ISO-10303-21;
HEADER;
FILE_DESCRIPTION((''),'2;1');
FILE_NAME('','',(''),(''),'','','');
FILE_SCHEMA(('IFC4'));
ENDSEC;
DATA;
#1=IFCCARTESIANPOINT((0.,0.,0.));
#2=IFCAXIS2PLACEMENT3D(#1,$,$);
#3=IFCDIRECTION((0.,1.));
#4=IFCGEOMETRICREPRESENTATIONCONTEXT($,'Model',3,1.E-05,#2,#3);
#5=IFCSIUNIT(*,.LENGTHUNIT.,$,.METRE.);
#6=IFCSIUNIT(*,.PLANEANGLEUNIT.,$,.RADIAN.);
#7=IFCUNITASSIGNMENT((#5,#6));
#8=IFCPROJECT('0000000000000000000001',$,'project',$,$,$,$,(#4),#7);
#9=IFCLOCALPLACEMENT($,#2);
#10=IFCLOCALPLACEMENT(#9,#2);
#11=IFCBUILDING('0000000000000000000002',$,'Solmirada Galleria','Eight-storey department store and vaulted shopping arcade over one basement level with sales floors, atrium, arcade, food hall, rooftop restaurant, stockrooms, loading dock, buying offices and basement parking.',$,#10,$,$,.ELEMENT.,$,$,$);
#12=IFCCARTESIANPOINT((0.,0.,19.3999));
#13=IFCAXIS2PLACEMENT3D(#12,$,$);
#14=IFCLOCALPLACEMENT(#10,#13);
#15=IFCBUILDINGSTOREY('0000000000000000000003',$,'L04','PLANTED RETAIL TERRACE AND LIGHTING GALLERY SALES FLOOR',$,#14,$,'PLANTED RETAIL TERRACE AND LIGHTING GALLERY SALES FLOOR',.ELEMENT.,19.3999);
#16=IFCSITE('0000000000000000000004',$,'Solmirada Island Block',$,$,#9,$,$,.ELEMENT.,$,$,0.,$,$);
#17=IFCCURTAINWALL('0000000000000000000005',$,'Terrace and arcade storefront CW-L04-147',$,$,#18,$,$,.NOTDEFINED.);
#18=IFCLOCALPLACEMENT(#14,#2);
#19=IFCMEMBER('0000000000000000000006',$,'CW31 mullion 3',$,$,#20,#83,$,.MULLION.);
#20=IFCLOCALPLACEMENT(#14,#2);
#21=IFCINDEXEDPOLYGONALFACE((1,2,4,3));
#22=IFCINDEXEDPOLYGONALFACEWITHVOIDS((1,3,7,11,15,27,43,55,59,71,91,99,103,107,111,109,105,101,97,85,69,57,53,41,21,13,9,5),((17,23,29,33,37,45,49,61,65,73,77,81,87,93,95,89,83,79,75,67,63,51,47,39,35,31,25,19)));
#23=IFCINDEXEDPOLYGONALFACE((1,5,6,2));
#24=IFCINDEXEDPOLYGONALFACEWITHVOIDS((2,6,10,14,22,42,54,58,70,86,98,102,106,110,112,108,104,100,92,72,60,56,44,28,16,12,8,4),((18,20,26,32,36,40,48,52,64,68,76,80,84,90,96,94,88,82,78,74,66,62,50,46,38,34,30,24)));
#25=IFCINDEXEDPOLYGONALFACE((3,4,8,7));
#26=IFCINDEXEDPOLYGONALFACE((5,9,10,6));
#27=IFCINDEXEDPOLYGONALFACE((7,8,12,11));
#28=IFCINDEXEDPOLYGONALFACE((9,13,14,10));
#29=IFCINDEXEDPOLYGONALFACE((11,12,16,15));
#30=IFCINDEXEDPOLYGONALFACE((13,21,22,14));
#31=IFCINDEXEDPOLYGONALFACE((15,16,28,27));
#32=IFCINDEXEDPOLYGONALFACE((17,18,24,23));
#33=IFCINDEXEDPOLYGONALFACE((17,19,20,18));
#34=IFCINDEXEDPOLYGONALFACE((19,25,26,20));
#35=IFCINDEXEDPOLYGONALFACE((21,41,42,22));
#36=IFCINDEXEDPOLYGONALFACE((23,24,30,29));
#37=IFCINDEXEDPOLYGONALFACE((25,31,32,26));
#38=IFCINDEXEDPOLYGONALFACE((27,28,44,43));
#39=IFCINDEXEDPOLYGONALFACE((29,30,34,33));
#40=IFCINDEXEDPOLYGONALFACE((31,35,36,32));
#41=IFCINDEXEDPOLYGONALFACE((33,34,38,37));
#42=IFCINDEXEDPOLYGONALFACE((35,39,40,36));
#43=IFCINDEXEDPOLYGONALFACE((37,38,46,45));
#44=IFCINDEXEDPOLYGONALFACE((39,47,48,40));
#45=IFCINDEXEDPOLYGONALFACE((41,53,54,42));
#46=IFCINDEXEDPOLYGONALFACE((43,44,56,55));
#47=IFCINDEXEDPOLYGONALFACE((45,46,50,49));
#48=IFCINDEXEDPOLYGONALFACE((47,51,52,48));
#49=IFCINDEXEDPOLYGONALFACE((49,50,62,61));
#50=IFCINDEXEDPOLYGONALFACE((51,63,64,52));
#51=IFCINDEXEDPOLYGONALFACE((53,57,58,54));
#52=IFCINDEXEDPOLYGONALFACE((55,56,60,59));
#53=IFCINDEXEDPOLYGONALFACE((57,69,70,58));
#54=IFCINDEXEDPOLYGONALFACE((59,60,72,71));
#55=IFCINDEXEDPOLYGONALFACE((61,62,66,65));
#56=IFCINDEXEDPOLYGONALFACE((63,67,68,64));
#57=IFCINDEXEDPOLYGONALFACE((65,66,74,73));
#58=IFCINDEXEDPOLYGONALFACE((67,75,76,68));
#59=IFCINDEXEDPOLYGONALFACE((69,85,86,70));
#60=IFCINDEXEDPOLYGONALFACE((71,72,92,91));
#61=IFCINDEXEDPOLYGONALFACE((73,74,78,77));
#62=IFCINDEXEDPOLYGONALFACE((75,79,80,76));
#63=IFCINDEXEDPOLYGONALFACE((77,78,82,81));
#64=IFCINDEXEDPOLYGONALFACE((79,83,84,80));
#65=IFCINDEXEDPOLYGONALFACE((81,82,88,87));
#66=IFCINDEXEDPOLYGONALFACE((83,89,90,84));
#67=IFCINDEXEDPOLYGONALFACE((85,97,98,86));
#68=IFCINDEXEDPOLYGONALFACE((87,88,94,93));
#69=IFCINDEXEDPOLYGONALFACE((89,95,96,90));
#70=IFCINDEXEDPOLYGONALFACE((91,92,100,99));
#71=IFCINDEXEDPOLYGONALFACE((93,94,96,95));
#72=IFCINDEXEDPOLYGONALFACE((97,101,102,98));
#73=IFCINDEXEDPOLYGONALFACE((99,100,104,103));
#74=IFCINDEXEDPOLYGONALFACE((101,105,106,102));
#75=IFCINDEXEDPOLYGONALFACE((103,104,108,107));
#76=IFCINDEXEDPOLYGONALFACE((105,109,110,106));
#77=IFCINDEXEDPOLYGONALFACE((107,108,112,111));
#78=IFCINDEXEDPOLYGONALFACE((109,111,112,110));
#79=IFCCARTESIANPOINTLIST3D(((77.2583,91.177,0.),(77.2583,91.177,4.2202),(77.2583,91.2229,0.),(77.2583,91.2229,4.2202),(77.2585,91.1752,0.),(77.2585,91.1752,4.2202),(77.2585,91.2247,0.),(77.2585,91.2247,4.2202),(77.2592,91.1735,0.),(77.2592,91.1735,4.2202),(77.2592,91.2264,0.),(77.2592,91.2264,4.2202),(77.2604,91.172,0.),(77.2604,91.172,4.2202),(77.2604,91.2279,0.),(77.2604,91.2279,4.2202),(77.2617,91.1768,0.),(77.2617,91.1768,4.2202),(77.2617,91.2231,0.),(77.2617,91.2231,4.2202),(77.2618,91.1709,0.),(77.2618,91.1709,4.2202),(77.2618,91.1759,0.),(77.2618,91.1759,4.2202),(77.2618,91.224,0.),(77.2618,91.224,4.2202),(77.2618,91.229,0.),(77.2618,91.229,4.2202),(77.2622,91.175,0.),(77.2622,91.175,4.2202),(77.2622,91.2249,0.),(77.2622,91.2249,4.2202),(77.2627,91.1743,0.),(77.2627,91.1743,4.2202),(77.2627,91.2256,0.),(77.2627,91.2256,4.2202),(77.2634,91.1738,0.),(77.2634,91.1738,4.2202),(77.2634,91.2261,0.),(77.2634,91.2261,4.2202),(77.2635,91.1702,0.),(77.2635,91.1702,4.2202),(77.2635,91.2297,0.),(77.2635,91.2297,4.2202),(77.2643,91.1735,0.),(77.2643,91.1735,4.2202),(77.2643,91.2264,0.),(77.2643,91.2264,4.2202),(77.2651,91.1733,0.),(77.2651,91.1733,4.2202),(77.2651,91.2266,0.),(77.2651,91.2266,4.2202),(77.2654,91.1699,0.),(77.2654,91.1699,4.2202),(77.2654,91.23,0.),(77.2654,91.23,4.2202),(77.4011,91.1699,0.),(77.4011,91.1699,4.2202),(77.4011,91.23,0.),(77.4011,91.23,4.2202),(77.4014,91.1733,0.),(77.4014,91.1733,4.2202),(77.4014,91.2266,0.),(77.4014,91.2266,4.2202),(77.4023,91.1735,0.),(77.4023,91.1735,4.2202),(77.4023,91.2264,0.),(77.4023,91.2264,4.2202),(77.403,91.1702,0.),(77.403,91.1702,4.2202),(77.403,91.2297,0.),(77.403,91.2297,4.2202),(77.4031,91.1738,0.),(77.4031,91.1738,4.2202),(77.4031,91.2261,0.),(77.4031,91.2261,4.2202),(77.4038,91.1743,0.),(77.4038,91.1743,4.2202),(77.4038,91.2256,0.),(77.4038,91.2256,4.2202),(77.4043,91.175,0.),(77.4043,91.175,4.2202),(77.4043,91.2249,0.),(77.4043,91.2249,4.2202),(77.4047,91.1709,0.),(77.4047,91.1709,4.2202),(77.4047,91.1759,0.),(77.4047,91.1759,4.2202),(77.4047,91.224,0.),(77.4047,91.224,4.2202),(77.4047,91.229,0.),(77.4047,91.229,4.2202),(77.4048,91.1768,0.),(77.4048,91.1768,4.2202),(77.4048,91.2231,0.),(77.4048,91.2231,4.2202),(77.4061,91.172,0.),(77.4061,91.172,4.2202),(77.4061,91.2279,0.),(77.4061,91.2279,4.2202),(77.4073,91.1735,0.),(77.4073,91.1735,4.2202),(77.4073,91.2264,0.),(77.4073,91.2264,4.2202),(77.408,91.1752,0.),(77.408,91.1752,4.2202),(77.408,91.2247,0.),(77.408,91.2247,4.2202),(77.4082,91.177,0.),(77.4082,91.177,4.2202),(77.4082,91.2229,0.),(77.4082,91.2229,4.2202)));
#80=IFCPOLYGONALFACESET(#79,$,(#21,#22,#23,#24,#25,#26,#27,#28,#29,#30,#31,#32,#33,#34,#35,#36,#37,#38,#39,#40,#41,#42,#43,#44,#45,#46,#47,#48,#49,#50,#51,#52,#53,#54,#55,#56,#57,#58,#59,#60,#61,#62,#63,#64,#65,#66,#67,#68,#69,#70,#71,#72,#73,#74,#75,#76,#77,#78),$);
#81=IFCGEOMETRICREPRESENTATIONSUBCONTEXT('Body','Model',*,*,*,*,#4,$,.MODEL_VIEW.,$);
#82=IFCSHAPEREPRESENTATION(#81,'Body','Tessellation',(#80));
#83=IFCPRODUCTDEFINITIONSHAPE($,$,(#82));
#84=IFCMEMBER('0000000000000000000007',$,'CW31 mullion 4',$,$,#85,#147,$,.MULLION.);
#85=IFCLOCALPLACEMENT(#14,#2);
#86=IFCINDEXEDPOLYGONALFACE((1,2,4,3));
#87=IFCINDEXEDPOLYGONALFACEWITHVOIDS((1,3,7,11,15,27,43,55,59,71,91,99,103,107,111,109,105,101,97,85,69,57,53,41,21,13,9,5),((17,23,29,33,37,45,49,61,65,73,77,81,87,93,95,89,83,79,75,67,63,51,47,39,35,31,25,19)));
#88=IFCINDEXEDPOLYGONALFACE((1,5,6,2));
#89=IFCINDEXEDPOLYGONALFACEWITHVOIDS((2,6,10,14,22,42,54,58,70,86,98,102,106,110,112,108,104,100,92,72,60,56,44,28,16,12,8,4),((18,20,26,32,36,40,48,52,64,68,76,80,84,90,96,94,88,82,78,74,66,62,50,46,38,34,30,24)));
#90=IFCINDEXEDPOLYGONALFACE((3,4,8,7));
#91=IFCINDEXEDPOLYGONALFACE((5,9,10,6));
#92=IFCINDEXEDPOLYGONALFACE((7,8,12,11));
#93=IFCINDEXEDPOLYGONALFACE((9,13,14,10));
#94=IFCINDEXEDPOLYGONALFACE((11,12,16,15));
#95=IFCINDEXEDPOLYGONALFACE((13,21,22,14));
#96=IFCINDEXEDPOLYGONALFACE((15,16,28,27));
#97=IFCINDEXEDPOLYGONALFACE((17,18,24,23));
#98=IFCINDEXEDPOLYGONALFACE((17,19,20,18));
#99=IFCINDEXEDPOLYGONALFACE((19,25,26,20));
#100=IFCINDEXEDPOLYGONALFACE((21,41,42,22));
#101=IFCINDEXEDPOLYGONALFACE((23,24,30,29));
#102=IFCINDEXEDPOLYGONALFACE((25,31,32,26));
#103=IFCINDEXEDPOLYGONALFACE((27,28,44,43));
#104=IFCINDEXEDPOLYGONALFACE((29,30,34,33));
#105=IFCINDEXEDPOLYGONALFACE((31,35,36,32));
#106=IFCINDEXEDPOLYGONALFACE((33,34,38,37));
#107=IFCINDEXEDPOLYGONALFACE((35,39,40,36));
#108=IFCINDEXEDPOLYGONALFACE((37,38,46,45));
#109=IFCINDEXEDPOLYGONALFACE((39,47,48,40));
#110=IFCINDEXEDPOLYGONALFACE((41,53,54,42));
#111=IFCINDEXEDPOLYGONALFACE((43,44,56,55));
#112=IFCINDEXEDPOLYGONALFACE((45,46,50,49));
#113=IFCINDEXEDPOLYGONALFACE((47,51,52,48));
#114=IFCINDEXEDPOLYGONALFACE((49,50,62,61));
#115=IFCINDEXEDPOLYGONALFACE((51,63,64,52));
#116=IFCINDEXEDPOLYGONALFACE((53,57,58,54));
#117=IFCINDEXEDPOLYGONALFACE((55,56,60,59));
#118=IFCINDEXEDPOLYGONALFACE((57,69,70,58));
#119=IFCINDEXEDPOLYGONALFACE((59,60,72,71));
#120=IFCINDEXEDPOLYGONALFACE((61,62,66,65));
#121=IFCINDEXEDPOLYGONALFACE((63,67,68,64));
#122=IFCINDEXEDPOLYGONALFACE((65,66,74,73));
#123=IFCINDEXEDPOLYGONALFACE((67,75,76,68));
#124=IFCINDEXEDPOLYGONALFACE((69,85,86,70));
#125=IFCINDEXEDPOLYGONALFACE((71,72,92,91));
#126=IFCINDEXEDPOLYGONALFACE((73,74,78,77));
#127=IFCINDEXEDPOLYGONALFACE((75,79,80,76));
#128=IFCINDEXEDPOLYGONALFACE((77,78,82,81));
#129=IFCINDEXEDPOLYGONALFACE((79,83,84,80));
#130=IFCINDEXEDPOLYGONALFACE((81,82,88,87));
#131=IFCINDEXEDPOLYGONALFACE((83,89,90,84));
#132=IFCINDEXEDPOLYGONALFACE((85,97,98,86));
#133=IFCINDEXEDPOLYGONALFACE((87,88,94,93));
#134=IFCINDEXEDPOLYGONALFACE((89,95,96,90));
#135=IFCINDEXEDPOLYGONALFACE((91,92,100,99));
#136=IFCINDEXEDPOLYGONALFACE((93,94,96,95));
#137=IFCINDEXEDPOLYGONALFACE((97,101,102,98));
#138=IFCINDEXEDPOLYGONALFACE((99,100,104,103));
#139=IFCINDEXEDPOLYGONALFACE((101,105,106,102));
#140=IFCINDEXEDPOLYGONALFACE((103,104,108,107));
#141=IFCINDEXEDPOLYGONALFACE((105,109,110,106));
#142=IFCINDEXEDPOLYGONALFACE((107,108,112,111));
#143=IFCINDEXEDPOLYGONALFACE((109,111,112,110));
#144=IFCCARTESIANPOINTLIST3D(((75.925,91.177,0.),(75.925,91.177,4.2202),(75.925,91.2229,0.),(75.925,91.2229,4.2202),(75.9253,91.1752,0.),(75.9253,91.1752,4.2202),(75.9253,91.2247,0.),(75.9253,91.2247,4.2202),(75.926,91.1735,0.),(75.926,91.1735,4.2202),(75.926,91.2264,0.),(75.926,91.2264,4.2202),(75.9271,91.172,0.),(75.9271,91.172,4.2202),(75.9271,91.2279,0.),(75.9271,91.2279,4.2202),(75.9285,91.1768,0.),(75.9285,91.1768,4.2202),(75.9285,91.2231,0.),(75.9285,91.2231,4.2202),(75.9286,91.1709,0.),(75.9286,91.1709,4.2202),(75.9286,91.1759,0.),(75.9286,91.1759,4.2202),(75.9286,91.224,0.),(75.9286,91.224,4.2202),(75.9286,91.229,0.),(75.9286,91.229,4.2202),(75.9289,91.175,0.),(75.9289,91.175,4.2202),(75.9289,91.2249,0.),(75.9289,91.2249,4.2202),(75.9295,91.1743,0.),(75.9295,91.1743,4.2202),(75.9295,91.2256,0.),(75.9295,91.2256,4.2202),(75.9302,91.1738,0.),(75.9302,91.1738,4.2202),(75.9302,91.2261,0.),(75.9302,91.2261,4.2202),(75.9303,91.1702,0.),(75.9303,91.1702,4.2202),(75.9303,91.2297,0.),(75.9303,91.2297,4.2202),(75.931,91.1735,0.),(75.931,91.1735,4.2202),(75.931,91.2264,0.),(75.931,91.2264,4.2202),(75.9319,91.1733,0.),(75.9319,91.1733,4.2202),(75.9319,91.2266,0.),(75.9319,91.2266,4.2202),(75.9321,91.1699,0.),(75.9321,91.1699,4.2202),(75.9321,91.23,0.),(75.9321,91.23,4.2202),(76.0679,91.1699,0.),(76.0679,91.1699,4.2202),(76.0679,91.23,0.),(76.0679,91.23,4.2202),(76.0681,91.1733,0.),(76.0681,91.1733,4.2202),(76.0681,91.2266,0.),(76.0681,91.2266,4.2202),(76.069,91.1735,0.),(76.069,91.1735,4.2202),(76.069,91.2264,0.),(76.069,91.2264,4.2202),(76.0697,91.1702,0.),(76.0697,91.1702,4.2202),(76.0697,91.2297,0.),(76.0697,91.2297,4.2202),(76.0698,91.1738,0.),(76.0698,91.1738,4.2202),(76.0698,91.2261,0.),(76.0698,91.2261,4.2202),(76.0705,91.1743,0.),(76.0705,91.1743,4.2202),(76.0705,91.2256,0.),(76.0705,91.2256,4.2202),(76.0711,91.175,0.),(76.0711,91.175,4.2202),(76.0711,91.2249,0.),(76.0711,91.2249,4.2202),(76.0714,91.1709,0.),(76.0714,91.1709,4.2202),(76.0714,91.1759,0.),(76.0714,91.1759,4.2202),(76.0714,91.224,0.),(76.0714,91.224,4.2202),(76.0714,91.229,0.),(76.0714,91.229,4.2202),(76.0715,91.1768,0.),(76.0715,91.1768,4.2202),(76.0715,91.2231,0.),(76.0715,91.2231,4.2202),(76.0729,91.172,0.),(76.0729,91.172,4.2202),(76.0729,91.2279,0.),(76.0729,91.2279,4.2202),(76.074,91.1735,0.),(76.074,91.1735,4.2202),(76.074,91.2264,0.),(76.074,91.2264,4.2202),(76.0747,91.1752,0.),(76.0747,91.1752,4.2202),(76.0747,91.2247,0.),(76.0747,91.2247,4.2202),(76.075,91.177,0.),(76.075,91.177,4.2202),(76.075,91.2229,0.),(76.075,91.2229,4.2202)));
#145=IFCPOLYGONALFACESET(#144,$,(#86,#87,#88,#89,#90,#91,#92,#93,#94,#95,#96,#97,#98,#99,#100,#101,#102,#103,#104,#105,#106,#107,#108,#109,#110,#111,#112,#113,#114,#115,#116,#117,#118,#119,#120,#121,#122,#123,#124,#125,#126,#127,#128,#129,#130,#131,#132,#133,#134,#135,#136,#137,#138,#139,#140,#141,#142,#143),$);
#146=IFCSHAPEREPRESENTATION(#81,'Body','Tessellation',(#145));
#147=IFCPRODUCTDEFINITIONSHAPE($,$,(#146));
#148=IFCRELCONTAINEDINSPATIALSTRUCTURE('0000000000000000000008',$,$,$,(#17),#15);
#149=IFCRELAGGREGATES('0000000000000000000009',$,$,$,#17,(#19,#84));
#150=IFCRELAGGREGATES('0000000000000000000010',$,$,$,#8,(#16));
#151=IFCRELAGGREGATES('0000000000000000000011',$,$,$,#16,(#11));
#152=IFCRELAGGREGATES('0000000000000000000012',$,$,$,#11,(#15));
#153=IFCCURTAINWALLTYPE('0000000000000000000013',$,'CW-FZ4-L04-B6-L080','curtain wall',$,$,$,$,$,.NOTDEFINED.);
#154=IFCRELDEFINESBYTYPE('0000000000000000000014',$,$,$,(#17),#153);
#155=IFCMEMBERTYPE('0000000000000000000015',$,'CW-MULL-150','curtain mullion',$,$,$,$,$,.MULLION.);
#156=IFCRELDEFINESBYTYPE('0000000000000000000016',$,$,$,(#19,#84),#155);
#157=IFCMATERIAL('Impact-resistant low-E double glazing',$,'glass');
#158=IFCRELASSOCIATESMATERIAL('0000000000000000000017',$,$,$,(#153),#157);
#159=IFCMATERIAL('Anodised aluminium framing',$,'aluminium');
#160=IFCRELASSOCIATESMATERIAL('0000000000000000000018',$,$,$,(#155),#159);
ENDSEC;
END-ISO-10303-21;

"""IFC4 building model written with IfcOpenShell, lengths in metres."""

from ifc_helpers import new_model, si_unit, direction, frame, origin, origin_2d, place, context, subcontext, project, spatial, hollow_rectangle, extrude, material, material_profile, profile_set, type_object, element, aggregate, save


model = new_model("IFC4")

# Units and contexts
model_context = context("Model", 3, precision=1e-05, world=origin(), true_north=direction((0.0, 1.0)))
body_context = subcontext(model_context, "Body", "Model", "MODEL_VIEW")
ifc_project = project(units=[si_unit("LENGTHUNIT", "METRE"), si_unit("PLANEANGLEUNIT", "RADIAN")], contexts=[model_context])

# Site, building, storey
site_placement = place(None, origin())
site = spatial("IfcSite", under=ifc_project, at=site_placement, Name="Solmirada Island Block", CompositionType="ELEMENT", RefElevation=0.0)
building_placement = place(site_placement, origin())
building = spatial("IfcBuilding", under=site, at=building_placement, Name="Solmirada Galleria", Description="Eight-storey department store and vaulted shopping arcade over one basement level with sales floors, atrium, arcade, food hall, rooftop restaurant, stockrooms, loading dock, buying offices and basement parking.", CompositionType="ELEMENT")
storey_placement = place(building_placement, frame((0.0, 0.0, 19.3999)))
storey = spatial("IfcBuildingStorey", under=building, at=storey_placement, Name="L04", Description="PLANTED RETAIL TERRACE AND LIGHTING GALLERY SALES FLOOR", LongName="PLANTED RETAIL TERRACE AND LIGHTING GALLERY SALES FLOOR", CompositionType="ELEMENT", Elevation=19.3999)

# Curtain wall, members
ifc_material_1 = material(Name="Impact-resistant low-E double glazing", Category="glass")
curtain_wall_type = type_object("IfcCurtainWallType", Name="CW-FZ4-L04-B6-L080", Description="curtain wall", PredefinedType="NOTDEFINED", material=ifc_material_1)
curtain_wall_placement = place(storey_placement, origin())
curtain_wall = element("IfcCurtainWall", 1, at=curtain_wall_placement, inside=storey, type_object=curtain_wall_type, Name="Terrace and arcade storefront CW-L04-147", PredefinedType="NOTDEFINED")
ifc_material_2 = material(Name="Anodised aluminium framing", Category="aluminium")
ifc_material_profile_1 = material_profile(ifc_material_2, hollow_rectangle(XDim=0.0601, YDim=0.1499, WallThickness=0.0034, InnerFilletRadius=0.0034, OuterFilletRadius=0.0071, at=origin_2d()), Name="ALU-MULL-150X60")
ifc_profile_set_1 = profile_set([ifc_material_profile_1], Name="Anodised aluminium framing")
member_type_1 = type_object("IfcMemberType", Name="CW-MULL-150", Description="curtain mullion", PredefinedType="MULLION", material=ifc_profile_set_1)
member_1_placement = place(storey_placement, frame((77.3333, 91.2, 0.0), z_axis=(0.0, 0.0, 1.0), x_axis=(0.0, -1.0, 0.0)))
member_1 = element("IfcMember", 2, at=member_1_placement, type_object=member_type_1, Name="CW31 mullion 3", PredefinedType="MULLION", context=body_context, shape_type="SweptSolid", body=[
    extrude(hollow_rectangle(XDim=0.0601, YDim=0.1499, WallThickness=0.0034, InnerFilletRadius=0.0034, OuterFilletRadius=0.0071, at=origin_2d()), origin(), (0.0, 0.0, 1.0), 4.2202),
])
member_2_placement = place(storey_placement, frame((76.0, 91.2, 0.0), z_axis=(0.0, 0.0, 1.0), x_axis=(0.0, -1.0, 0.0)))
member_2 = element("IfcMember", 3, at=member_2_placement, type_object=member_type_1, Name="CW31 mullion 4", PredefinedType="MULLION", context=body_context, shape_type="SweptSolid", body=[
    extrude(hollow_rectangle(XDim=0.0601, YDim=0.1499, WallThickness=0.0034, InnerFilletRadius=0.0034, OuterFilletRadius=0.0071, at=origin_2d()), origin(), (0.0, 0.0, 1.0), 4.2202),
])
aggregate(curtain_wall, [member_1, member_2])

save(model, "model.ifc")
